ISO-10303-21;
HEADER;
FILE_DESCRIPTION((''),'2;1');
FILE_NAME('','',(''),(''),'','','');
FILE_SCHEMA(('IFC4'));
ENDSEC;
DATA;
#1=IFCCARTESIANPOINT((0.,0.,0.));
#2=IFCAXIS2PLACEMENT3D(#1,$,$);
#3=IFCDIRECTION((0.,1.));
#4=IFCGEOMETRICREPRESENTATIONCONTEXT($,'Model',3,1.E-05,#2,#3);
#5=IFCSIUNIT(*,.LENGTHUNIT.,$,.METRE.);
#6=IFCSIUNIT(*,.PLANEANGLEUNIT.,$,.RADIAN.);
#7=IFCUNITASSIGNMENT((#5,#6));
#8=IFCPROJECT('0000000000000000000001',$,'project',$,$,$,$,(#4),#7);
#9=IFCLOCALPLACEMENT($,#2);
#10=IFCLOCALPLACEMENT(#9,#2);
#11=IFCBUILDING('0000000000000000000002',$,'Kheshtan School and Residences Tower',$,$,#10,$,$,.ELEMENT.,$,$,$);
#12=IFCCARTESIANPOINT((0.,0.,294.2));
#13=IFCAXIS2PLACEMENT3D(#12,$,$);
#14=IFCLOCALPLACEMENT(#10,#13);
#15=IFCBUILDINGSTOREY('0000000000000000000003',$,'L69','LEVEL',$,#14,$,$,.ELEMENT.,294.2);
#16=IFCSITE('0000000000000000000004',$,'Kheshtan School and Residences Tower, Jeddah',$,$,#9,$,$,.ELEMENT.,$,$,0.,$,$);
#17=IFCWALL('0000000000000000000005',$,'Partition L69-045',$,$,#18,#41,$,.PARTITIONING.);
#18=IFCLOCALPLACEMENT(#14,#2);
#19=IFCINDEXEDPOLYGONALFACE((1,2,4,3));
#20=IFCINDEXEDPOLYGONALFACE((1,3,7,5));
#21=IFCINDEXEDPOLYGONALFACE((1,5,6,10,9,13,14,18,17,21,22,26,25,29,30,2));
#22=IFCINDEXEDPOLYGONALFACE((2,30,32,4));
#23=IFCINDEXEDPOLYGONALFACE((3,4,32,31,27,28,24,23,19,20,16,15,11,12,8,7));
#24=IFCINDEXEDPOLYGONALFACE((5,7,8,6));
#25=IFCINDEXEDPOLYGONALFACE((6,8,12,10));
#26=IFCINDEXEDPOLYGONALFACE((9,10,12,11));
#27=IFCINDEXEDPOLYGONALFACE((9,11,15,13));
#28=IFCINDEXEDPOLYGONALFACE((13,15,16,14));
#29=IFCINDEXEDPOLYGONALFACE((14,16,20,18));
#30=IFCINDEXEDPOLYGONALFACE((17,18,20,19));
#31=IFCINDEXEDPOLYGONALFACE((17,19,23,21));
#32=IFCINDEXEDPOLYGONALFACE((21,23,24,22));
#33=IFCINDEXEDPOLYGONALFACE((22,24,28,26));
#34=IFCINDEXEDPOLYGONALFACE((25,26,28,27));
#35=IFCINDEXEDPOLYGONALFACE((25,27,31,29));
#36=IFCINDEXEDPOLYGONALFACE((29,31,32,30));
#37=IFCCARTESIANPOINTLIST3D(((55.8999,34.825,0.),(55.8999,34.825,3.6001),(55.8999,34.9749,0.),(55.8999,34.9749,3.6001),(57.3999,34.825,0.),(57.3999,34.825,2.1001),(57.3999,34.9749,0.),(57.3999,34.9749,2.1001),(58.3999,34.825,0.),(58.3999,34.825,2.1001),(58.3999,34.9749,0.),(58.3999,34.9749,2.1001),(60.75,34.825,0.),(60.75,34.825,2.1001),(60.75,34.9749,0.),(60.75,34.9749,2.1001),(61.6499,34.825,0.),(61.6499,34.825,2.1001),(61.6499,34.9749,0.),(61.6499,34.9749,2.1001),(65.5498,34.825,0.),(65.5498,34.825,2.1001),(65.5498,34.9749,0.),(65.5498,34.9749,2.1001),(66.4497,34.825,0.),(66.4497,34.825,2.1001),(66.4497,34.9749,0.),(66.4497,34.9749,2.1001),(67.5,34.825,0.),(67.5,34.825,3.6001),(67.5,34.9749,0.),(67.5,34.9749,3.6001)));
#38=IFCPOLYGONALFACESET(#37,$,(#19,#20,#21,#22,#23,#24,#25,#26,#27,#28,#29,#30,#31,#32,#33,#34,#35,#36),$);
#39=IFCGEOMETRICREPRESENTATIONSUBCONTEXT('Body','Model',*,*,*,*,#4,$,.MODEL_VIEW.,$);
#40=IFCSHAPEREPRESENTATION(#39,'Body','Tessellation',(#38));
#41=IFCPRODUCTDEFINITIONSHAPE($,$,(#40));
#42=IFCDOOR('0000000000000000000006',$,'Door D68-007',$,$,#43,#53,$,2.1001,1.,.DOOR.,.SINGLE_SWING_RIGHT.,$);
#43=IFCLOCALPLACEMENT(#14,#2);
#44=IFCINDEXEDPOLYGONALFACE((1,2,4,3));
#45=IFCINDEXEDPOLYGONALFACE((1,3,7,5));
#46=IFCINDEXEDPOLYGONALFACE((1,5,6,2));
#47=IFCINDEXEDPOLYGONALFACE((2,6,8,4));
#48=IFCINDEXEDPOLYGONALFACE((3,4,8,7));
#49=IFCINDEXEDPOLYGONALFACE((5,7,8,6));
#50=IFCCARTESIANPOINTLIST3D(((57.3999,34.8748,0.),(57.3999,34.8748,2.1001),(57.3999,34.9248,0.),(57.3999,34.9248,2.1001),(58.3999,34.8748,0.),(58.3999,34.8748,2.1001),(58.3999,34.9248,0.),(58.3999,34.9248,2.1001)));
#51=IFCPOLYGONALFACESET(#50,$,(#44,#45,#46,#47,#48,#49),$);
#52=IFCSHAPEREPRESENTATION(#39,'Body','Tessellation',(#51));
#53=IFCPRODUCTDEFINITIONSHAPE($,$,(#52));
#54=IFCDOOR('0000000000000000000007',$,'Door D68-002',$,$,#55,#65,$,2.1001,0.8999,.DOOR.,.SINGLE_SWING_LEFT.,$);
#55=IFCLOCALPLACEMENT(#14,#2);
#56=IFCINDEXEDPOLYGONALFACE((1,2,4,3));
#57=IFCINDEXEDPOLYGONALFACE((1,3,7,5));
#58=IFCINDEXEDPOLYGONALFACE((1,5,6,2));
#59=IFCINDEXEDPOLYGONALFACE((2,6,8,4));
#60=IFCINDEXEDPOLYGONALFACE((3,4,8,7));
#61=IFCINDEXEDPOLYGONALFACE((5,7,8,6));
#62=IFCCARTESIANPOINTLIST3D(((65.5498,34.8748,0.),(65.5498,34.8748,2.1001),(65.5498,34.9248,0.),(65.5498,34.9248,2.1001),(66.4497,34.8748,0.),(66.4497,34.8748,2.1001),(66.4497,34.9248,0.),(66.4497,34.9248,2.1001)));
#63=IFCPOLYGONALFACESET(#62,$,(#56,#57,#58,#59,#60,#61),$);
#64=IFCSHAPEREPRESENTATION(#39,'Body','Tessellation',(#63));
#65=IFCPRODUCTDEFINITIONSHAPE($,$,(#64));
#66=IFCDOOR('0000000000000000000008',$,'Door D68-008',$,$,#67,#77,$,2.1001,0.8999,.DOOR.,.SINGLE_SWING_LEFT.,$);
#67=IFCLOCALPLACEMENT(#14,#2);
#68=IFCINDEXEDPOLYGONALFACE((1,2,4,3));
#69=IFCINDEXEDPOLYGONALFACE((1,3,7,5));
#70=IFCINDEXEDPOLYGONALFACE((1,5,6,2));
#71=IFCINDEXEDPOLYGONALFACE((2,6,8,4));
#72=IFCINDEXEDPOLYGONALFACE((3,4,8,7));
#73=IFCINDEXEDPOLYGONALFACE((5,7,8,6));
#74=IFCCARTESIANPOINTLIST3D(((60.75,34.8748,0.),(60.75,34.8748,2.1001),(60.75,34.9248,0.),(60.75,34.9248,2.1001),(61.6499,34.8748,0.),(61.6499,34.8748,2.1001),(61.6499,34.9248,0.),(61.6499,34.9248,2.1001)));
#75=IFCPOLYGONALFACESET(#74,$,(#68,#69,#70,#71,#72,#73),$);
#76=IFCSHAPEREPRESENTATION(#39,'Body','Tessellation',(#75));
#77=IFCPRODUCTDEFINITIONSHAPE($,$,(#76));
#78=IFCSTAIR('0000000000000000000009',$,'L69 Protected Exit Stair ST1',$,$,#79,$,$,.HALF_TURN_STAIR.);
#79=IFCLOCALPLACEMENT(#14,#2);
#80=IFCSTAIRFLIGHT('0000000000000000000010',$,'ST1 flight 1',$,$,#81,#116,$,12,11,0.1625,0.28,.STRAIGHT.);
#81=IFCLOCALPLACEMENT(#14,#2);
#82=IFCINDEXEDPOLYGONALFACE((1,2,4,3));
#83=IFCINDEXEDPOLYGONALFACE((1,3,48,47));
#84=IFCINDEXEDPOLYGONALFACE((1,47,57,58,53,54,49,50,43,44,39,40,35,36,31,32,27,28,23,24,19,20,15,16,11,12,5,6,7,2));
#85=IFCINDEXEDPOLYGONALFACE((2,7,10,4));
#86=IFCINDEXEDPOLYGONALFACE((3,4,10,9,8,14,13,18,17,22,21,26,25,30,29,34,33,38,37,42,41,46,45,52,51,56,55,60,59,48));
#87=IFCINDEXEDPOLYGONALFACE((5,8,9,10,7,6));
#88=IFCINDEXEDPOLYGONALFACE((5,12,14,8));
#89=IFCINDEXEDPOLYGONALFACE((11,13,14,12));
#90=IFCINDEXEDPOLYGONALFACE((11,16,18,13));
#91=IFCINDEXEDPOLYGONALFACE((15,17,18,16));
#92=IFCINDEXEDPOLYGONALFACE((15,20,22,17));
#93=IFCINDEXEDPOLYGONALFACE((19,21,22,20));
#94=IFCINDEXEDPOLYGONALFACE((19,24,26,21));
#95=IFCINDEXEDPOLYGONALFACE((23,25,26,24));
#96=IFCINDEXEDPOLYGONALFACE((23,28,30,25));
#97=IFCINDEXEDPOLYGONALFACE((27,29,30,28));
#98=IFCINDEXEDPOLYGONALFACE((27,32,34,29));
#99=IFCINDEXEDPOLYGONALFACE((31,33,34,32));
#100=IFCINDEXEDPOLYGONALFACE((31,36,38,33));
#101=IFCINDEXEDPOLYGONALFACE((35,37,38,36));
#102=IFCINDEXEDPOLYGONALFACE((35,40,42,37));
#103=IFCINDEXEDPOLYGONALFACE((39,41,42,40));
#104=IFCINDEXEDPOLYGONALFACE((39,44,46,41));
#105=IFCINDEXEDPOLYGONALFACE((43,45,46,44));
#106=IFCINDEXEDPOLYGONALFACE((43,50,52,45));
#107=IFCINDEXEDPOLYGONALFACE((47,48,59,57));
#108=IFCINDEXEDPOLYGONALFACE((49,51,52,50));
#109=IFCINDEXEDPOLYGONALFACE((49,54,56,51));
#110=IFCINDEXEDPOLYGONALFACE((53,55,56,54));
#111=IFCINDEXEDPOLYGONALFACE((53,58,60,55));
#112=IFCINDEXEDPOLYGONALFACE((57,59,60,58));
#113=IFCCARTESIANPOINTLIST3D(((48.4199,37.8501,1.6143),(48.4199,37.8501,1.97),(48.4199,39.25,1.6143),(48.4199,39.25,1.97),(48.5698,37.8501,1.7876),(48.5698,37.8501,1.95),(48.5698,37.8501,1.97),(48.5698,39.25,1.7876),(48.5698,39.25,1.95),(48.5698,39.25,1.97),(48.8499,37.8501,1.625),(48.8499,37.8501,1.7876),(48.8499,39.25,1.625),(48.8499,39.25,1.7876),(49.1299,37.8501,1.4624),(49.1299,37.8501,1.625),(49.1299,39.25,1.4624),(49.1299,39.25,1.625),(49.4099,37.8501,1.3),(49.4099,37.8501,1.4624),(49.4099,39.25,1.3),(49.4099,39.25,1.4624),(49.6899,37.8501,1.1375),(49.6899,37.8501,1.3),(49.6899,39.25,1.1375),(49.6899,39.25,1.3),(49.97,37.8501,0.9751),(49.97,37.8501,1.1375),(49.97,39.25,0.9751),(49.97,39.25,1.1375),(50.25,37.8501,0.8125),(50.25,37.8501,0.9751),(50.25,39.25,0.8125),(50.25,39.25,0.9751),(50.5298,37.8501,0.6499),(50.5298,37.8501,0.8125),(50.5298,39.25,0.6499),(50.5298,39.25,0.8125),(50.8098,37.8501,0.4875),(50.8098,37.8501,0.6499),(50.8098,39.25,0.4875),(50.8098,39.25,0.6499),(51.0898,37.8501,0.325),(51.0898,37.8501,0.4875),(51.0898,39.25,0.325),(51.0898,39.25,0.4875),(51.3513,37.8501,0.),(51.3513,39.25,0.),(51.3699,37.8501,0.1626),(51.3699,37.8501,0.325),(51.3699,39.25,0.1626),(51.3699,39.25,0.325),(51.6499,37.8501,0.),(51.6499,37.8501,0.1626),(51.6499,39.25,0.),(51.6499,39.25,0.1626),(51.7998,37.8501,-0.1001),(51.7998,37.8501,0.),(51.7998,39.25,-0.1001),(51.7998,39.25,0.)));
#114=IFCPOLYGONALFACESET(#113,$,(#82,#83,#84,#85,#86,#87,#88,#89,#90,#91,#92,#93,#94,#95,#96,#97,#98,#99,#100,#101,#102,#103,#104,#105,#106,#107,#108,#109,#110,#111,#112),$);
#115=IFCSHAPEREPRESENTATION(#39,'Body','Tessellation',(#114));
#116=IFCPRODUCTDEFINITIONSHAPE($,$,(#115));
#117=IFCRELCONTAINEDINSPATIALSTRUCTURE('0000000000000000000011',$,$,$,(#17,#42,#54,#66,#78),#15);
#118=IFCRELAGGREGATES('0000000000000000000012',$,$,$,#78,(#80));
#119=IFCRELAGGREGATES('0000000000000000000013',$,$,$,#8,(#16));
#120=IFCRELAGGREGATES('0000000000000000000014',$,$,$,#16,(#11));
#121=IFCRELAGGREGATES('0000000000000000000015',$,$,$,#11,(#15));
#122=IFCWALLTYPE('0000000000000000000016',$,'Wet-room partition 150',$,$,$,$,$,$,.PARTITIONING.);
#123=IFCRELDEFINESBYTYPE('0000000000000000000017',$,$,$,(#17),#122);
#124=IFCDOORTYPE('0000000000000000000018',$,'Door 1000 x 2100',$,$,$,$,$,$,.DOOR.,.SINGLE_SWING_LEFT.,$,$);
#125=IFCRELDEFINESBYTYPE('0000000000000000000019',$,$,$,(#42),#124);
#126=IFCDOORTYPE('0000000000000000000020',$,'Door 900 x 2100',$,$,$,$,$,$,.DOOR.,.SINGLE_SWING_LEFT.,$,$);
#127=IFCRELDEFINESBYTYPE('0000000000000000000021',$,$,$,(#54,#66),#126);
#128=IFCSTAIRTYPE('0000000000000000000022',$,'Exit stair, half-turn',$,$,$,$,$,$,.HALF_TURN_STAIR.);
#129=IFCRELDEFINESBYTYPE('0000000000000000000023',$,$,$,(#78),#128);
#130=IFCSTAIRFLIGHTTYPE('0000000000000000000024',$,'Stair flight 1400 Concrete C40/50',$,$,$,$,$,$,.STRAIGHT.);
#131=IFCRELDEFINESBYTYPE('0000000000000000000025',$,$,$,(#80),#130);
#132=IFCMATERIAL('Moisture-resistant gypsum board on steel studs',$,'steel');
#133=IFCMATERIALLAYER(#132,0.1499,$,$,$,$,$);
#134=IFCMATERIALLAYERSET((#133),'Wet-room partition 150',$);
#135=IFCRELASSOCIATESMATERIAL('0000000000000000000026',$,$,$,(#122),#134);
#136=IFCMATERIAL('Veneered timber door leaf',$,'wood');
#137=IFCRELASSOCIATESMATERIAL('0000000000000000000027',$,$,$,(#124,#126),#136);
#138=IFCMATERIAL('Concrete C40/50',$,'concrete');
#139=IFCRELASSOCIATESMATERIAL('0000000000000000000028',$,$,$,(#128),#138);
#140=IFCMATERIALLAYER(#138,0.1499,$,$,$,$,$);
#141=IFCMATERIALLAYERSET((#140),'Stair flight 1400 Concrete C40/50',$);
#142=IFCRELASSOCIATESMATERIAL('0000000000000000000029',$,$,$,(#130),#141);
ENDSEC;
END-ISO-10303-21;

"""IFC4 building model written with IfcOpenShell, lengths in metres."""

from ifc_helpers import new_model, si_unit, direction, frame, frame_2d, origin, place, context, subcontext, project, spatial, polyline, rectangle, outline, extrude, source, transform, mapped, material, layer, layer_set, type_object, element, fill, aggregate, save


model = new_model("IFC4")

# Units and contexts
model_context = context("Model", 3, precision=1e-05, world=origin(), true_north=direction((0.0, 1.0)))
body_context = subcontext(model_context, "Body", "Model", "MODEL_VIEW")
ifc_project = project(units=[si_unit("LENGTHUNIT", "METRE"), si_unit("PLANEANGLEUNIT", "RADIAN")], contexts=[model_context])

# Site, building, storey
site_placement = place(None, origin())
site = spatial("IfcSite", under=ifc_project, at=site_placement, Name="Kheshtan School and Residences Tower, Jeddah", CompositionType="ELEMENT", RefElevation=0.0)
building_placement = place(site_placement, origin())
building = spatial("IfcBuilding", under=site, at=building_placement, Name="Kheshtan School and Residences Tower", CompositionType="ELEMENT")
storey_placement = place(building_placement, frame((0.0, 0.0, 294.2)))
storey = spatial("IfcBuildingStorey", under=building, at=storey_placement, Name="L69", Description="LEVEL", CompositionType="ELEMENT", Elevation=294.2)

# Shared definitions
ifc_material_1 = material(Name="Concrete C40/50", Category="concrete")

# Wall, openings, doors
ifc_material_2 = material(Name="Moisture-resistant gypsum board on steel studs", Category="steel")
ifc_layer_1 = layer(ifc_material_2, 0.1499)
ifc_layer_set_1 = layer_set([ifc_layer_1], Name="Wet-room partition 150")
wall_type_1 = type_object("IfcWallType", Name="Wet-room partition 150", PredefinedType="PARTITIONING", material=ifc_layer_set_1)
wall_1_placement = place(storey_placement, frame((55.8999, 34.8999, 0.0), z_axis=(0.0, 0.0, 1.0), x_axis=(1.0, 0.0, 0.0)))
wall_1 = element("IfcWall", 1, at=wall_1_placement, inside=storey, type_object=wall_type_1, Name="Partition L69-045", PredefinedType="PARTITIONING", context=body_context, shape_type="SweptSolid", body=[
    extrude(rectangle(XDim=11.6001, YDim=0.1499, at=frame_2d((5.8, 0.0))), origin(), (0.0, 0.0, 1.0), 3.6001),
])
opening_1_placement = place(wall_1_placement, frame((9.6499, 0.0, 0.0)))
opening_1 = element("IfcOpeningElement", 2, at=opening_1_placement, cuts=wall_1, PredefinedType="OPENING", context=body_context, shape_type="SweptSolid", body=[
    extrude(rectangle(XDim=0.8999, YDim=2.1001, at=frame_2d((0.45, 1.05))), frame((0.0, 0.085, 0.0), z_axis=(0.0, -1.0, 0.0), x_axis=(1.0, 0.0, 0.0)), (0.0, 0.0, 1.0), 0.1699),
])
opening_2_placement = place(wall_1_placement, frame((1.5, 0.0, 0.0)))
opening_2 = element("IfcOpeningElement", 3, at=opening_2_placement, cuts=wall_1, PredefinedType="OPENING", context=body_context, shape_type="SweptSolid", body=[
    extrude(rectangle(XDim=1.0, YDim=2.1001, at=frame_2d((0.5, 1.05))), frame((0.0, 0.085, 0.0), z_axis=(0.0, -1.0, 0.0), x_axis=(1.0, 0.0, 0.0)), (0.0, 0.0, 1.0), 0.1699),
])
opening_3_placement = place(wall_1_placement, frame((4.8501, 0.0, 0.0)))
opening_3 = element("IfcOpeningElement", 4, at=opening_3_placement, cuts=wall_1, PredefinedType="OPENING", context=body_context, shape_type="SweptSolid", body=[
    extrude(rectangle(XDim=0.8999, YDim=2.1001, at=frame_2d((0.45, 1.05))), frame((0.0, 0.085, 0.0), z_axis=(0.0, -1.0, 0.0), x_axis=(1.0, 0.0, 0.0)), (0.0, 0.0, 1.0), 0.1699),
])
ifc_material_3 = material(Name="Veneered timber door leaf", Category="wood")
door_type_1 = type_object("IfcDoorType", Name="Door 1000 x 2100", OperationType="SINGLE_SWING_LEFT", PredefinedType="DOOR", material=ifc_material_3)
shared_shape_1 = source(origin(), body_context, "Body", "SweptSolid", [
    extrude(rectangle(XDim=1.0, YDim=2.1001, at=frame_2d((0.5, 1.05))), frame((0.0, 0.0249, 0.0), z_axis=(0.0, -1.0, 0.0), x_axis=(1.0, 0.0, 0.0)), (0.0, 0.0, 1.0), 0.05),
])
door_1_placement = place(opening_2_placement, origin())
door_1 = element("IfcDoor", 5, at=door_1_placement, inside=storey, type_object=door_type_1, Name="Door D68-007", OperationType="SINGLE_SWING_RIGHT", OverallHeight=2.1001, OverallWidth=1.0, PredefinedType="DOOR", context=body_context, shape_type="MappedRepresentation", body=[
    mapped(shared_shape_1, transform((0.0, 0.0, 0.0), x_axis=(1.0, 0.0, 0.0), y_axis=(0.0, 1.0, 0.0), z_axis=(0.0, 0.0, 1.0), scale=1.0)),
])
fill(opening_2, door_1)
door_type_2 = type_object("IfcDoorType", Name="Door 900 x 2100", OperationType="SINGLE_SWING_LEFT", PredefinedType="DOOR", material=ifc_material_3)
shared_shape_2 = source(origin(), body_context, "Body", "SweptSolid", [
    extrude(rectangle(XDim=0.8999, YDim=2.1001, at=frame_2d((0.45, 1.05))), frame((0.0, 0.0249, 0.0), z_axis=(0.0, -1.0, 0.0), x_axis=(1.0, 0.0, 0.0)), (0.0, 0.0, 1.0), 0.05),
])
door_2_placement = place(opening_1_placement, origin())
door_2 = element("IfcDoor", 6, at=door_2_placement, inside=storey, type_object=door_type_2, Name="Door D68-002", OperationType="SINGLE_SWING_LEFT", OverallHeight=2.1001, OverallWidth=0.8999, PredefinedType="DOOR", context=body_context, shape_type="MappedRepresentation", body=[
    mapped(shared_shape_2, transform((0.0, 0.0, 0.0), x_axis=(1.0, 0.0, 0.0), y_axis=(0.0, 1.0, 0.0), z_axis=(0.0, 0.0, 1.0), scale=1.0)),
])
fill(opening_1, door_2)
door_3_placement = place(opening_3_placement, origin())
door_3 = element("IfcDoor", 7, at=door_3_placement, inside=storey, type_object=door_type_2, Name="Door D68-008", OperationType="SINGLE_SWING_LEFT", OverallHeight=2.1001, OverallWidth=0.8999, PredefinedType="DOOR", context=body_context, shape_type="MappedRepresentation", body=[
    mapped(shared_shape_2, transform((0.0, 0.0, 0.0), x_axis=(1.0, 0.0, 0.0), y_axis=(0.0, 1.0, 0.0), z_axis=(0.0, 0.0, 1.0), scale=1.0)),
])
fill(opening_3, door_3)

# Stair, stair flight
stair_type = type_object("IfcStairType", Name="Exit stair, half-turn", PredefinedType="HALF_TURN_STAIR", material=ifc_material_1)
stair_placement = place(storey_placement, origin())
stair = element("IfcStair", 8, at=stair_placement, inside=storey, type_object=stair_type, Name="L69 Protected Exit Stair ST1", PredefinedType="HALF_TURN_STAIR")
ifc_layer_2 = layer(ifc_material_1, 0.1499)
ifc_layer_set_2 = layer_set([ifc_layer_2], Name="Stair flight 1400 Concrete C40/50")
stair_flight_type = type_object("IfcStairFlightType", Name="Stair flight 1400 Concrete C40/50", PredefinedType="STRAIGHT", material=ifc_layer_set_2)
stair_flight_placement = place(storey_placement, frame((51.6499, 38.55, 0.0), z_axis=(0.0, 0.0, 1.0), x_axis=(-1.0, 0.0, 0.0)))
stair_flight = element("IfcStairFlight", 9, at=stair_flight_placement, type_object=stair_flight_type, Name="ST1 flight 1", NumberOfRisers=12, NumberOfTreads=11, PredefinedType="STRAIGHT", RiserHeight=0.1625, TreadLength=0.28, context=body_context, shape_type="SweptSolid", body=[
    extrude(outline(polyline([(-0.1499, -0.1001), (-0.1499, 0.0), (0.0, 0.0), (0.0, 0.1626), (0.28, 0.1626), (0.28, 0.325), (0.5601, 0.325), (0.5601, 0.4875), (0.8401, 0.4875), (0.8401, 0.6499), (1.1201, 0.6499), (1.1201, 0.8125), (1.3999, 0.8125), (1.3999, 0.9751), (1.6799, 0.9751), (1.6799, 1.1375), (1.96, 1.1375), (1.96, 1.3), (2.24, 1.3), (2.24, 1.4624), (2.52, 1.4624), (2.52, 1.625), (2.8, 1.625), (2.8, 1.7876), (3.0801, 1.7876), (3.0801, 1.95), (3.0801, 1.97), (3.23, 1.97), (3.23, 1.6143), (0.2986, 0.0), (-0.1499, -0.1001)])), frame((0.0, 0.7, 0.0), z_axis=(0.0, -1.0, 0.0), x_axis=(1.0, 0.0, 0.0)), (0.0, 0.0, 1.0), 1.3999),
])
aggregate(stair, [stair_flight])

save(model, "model.ifc")
